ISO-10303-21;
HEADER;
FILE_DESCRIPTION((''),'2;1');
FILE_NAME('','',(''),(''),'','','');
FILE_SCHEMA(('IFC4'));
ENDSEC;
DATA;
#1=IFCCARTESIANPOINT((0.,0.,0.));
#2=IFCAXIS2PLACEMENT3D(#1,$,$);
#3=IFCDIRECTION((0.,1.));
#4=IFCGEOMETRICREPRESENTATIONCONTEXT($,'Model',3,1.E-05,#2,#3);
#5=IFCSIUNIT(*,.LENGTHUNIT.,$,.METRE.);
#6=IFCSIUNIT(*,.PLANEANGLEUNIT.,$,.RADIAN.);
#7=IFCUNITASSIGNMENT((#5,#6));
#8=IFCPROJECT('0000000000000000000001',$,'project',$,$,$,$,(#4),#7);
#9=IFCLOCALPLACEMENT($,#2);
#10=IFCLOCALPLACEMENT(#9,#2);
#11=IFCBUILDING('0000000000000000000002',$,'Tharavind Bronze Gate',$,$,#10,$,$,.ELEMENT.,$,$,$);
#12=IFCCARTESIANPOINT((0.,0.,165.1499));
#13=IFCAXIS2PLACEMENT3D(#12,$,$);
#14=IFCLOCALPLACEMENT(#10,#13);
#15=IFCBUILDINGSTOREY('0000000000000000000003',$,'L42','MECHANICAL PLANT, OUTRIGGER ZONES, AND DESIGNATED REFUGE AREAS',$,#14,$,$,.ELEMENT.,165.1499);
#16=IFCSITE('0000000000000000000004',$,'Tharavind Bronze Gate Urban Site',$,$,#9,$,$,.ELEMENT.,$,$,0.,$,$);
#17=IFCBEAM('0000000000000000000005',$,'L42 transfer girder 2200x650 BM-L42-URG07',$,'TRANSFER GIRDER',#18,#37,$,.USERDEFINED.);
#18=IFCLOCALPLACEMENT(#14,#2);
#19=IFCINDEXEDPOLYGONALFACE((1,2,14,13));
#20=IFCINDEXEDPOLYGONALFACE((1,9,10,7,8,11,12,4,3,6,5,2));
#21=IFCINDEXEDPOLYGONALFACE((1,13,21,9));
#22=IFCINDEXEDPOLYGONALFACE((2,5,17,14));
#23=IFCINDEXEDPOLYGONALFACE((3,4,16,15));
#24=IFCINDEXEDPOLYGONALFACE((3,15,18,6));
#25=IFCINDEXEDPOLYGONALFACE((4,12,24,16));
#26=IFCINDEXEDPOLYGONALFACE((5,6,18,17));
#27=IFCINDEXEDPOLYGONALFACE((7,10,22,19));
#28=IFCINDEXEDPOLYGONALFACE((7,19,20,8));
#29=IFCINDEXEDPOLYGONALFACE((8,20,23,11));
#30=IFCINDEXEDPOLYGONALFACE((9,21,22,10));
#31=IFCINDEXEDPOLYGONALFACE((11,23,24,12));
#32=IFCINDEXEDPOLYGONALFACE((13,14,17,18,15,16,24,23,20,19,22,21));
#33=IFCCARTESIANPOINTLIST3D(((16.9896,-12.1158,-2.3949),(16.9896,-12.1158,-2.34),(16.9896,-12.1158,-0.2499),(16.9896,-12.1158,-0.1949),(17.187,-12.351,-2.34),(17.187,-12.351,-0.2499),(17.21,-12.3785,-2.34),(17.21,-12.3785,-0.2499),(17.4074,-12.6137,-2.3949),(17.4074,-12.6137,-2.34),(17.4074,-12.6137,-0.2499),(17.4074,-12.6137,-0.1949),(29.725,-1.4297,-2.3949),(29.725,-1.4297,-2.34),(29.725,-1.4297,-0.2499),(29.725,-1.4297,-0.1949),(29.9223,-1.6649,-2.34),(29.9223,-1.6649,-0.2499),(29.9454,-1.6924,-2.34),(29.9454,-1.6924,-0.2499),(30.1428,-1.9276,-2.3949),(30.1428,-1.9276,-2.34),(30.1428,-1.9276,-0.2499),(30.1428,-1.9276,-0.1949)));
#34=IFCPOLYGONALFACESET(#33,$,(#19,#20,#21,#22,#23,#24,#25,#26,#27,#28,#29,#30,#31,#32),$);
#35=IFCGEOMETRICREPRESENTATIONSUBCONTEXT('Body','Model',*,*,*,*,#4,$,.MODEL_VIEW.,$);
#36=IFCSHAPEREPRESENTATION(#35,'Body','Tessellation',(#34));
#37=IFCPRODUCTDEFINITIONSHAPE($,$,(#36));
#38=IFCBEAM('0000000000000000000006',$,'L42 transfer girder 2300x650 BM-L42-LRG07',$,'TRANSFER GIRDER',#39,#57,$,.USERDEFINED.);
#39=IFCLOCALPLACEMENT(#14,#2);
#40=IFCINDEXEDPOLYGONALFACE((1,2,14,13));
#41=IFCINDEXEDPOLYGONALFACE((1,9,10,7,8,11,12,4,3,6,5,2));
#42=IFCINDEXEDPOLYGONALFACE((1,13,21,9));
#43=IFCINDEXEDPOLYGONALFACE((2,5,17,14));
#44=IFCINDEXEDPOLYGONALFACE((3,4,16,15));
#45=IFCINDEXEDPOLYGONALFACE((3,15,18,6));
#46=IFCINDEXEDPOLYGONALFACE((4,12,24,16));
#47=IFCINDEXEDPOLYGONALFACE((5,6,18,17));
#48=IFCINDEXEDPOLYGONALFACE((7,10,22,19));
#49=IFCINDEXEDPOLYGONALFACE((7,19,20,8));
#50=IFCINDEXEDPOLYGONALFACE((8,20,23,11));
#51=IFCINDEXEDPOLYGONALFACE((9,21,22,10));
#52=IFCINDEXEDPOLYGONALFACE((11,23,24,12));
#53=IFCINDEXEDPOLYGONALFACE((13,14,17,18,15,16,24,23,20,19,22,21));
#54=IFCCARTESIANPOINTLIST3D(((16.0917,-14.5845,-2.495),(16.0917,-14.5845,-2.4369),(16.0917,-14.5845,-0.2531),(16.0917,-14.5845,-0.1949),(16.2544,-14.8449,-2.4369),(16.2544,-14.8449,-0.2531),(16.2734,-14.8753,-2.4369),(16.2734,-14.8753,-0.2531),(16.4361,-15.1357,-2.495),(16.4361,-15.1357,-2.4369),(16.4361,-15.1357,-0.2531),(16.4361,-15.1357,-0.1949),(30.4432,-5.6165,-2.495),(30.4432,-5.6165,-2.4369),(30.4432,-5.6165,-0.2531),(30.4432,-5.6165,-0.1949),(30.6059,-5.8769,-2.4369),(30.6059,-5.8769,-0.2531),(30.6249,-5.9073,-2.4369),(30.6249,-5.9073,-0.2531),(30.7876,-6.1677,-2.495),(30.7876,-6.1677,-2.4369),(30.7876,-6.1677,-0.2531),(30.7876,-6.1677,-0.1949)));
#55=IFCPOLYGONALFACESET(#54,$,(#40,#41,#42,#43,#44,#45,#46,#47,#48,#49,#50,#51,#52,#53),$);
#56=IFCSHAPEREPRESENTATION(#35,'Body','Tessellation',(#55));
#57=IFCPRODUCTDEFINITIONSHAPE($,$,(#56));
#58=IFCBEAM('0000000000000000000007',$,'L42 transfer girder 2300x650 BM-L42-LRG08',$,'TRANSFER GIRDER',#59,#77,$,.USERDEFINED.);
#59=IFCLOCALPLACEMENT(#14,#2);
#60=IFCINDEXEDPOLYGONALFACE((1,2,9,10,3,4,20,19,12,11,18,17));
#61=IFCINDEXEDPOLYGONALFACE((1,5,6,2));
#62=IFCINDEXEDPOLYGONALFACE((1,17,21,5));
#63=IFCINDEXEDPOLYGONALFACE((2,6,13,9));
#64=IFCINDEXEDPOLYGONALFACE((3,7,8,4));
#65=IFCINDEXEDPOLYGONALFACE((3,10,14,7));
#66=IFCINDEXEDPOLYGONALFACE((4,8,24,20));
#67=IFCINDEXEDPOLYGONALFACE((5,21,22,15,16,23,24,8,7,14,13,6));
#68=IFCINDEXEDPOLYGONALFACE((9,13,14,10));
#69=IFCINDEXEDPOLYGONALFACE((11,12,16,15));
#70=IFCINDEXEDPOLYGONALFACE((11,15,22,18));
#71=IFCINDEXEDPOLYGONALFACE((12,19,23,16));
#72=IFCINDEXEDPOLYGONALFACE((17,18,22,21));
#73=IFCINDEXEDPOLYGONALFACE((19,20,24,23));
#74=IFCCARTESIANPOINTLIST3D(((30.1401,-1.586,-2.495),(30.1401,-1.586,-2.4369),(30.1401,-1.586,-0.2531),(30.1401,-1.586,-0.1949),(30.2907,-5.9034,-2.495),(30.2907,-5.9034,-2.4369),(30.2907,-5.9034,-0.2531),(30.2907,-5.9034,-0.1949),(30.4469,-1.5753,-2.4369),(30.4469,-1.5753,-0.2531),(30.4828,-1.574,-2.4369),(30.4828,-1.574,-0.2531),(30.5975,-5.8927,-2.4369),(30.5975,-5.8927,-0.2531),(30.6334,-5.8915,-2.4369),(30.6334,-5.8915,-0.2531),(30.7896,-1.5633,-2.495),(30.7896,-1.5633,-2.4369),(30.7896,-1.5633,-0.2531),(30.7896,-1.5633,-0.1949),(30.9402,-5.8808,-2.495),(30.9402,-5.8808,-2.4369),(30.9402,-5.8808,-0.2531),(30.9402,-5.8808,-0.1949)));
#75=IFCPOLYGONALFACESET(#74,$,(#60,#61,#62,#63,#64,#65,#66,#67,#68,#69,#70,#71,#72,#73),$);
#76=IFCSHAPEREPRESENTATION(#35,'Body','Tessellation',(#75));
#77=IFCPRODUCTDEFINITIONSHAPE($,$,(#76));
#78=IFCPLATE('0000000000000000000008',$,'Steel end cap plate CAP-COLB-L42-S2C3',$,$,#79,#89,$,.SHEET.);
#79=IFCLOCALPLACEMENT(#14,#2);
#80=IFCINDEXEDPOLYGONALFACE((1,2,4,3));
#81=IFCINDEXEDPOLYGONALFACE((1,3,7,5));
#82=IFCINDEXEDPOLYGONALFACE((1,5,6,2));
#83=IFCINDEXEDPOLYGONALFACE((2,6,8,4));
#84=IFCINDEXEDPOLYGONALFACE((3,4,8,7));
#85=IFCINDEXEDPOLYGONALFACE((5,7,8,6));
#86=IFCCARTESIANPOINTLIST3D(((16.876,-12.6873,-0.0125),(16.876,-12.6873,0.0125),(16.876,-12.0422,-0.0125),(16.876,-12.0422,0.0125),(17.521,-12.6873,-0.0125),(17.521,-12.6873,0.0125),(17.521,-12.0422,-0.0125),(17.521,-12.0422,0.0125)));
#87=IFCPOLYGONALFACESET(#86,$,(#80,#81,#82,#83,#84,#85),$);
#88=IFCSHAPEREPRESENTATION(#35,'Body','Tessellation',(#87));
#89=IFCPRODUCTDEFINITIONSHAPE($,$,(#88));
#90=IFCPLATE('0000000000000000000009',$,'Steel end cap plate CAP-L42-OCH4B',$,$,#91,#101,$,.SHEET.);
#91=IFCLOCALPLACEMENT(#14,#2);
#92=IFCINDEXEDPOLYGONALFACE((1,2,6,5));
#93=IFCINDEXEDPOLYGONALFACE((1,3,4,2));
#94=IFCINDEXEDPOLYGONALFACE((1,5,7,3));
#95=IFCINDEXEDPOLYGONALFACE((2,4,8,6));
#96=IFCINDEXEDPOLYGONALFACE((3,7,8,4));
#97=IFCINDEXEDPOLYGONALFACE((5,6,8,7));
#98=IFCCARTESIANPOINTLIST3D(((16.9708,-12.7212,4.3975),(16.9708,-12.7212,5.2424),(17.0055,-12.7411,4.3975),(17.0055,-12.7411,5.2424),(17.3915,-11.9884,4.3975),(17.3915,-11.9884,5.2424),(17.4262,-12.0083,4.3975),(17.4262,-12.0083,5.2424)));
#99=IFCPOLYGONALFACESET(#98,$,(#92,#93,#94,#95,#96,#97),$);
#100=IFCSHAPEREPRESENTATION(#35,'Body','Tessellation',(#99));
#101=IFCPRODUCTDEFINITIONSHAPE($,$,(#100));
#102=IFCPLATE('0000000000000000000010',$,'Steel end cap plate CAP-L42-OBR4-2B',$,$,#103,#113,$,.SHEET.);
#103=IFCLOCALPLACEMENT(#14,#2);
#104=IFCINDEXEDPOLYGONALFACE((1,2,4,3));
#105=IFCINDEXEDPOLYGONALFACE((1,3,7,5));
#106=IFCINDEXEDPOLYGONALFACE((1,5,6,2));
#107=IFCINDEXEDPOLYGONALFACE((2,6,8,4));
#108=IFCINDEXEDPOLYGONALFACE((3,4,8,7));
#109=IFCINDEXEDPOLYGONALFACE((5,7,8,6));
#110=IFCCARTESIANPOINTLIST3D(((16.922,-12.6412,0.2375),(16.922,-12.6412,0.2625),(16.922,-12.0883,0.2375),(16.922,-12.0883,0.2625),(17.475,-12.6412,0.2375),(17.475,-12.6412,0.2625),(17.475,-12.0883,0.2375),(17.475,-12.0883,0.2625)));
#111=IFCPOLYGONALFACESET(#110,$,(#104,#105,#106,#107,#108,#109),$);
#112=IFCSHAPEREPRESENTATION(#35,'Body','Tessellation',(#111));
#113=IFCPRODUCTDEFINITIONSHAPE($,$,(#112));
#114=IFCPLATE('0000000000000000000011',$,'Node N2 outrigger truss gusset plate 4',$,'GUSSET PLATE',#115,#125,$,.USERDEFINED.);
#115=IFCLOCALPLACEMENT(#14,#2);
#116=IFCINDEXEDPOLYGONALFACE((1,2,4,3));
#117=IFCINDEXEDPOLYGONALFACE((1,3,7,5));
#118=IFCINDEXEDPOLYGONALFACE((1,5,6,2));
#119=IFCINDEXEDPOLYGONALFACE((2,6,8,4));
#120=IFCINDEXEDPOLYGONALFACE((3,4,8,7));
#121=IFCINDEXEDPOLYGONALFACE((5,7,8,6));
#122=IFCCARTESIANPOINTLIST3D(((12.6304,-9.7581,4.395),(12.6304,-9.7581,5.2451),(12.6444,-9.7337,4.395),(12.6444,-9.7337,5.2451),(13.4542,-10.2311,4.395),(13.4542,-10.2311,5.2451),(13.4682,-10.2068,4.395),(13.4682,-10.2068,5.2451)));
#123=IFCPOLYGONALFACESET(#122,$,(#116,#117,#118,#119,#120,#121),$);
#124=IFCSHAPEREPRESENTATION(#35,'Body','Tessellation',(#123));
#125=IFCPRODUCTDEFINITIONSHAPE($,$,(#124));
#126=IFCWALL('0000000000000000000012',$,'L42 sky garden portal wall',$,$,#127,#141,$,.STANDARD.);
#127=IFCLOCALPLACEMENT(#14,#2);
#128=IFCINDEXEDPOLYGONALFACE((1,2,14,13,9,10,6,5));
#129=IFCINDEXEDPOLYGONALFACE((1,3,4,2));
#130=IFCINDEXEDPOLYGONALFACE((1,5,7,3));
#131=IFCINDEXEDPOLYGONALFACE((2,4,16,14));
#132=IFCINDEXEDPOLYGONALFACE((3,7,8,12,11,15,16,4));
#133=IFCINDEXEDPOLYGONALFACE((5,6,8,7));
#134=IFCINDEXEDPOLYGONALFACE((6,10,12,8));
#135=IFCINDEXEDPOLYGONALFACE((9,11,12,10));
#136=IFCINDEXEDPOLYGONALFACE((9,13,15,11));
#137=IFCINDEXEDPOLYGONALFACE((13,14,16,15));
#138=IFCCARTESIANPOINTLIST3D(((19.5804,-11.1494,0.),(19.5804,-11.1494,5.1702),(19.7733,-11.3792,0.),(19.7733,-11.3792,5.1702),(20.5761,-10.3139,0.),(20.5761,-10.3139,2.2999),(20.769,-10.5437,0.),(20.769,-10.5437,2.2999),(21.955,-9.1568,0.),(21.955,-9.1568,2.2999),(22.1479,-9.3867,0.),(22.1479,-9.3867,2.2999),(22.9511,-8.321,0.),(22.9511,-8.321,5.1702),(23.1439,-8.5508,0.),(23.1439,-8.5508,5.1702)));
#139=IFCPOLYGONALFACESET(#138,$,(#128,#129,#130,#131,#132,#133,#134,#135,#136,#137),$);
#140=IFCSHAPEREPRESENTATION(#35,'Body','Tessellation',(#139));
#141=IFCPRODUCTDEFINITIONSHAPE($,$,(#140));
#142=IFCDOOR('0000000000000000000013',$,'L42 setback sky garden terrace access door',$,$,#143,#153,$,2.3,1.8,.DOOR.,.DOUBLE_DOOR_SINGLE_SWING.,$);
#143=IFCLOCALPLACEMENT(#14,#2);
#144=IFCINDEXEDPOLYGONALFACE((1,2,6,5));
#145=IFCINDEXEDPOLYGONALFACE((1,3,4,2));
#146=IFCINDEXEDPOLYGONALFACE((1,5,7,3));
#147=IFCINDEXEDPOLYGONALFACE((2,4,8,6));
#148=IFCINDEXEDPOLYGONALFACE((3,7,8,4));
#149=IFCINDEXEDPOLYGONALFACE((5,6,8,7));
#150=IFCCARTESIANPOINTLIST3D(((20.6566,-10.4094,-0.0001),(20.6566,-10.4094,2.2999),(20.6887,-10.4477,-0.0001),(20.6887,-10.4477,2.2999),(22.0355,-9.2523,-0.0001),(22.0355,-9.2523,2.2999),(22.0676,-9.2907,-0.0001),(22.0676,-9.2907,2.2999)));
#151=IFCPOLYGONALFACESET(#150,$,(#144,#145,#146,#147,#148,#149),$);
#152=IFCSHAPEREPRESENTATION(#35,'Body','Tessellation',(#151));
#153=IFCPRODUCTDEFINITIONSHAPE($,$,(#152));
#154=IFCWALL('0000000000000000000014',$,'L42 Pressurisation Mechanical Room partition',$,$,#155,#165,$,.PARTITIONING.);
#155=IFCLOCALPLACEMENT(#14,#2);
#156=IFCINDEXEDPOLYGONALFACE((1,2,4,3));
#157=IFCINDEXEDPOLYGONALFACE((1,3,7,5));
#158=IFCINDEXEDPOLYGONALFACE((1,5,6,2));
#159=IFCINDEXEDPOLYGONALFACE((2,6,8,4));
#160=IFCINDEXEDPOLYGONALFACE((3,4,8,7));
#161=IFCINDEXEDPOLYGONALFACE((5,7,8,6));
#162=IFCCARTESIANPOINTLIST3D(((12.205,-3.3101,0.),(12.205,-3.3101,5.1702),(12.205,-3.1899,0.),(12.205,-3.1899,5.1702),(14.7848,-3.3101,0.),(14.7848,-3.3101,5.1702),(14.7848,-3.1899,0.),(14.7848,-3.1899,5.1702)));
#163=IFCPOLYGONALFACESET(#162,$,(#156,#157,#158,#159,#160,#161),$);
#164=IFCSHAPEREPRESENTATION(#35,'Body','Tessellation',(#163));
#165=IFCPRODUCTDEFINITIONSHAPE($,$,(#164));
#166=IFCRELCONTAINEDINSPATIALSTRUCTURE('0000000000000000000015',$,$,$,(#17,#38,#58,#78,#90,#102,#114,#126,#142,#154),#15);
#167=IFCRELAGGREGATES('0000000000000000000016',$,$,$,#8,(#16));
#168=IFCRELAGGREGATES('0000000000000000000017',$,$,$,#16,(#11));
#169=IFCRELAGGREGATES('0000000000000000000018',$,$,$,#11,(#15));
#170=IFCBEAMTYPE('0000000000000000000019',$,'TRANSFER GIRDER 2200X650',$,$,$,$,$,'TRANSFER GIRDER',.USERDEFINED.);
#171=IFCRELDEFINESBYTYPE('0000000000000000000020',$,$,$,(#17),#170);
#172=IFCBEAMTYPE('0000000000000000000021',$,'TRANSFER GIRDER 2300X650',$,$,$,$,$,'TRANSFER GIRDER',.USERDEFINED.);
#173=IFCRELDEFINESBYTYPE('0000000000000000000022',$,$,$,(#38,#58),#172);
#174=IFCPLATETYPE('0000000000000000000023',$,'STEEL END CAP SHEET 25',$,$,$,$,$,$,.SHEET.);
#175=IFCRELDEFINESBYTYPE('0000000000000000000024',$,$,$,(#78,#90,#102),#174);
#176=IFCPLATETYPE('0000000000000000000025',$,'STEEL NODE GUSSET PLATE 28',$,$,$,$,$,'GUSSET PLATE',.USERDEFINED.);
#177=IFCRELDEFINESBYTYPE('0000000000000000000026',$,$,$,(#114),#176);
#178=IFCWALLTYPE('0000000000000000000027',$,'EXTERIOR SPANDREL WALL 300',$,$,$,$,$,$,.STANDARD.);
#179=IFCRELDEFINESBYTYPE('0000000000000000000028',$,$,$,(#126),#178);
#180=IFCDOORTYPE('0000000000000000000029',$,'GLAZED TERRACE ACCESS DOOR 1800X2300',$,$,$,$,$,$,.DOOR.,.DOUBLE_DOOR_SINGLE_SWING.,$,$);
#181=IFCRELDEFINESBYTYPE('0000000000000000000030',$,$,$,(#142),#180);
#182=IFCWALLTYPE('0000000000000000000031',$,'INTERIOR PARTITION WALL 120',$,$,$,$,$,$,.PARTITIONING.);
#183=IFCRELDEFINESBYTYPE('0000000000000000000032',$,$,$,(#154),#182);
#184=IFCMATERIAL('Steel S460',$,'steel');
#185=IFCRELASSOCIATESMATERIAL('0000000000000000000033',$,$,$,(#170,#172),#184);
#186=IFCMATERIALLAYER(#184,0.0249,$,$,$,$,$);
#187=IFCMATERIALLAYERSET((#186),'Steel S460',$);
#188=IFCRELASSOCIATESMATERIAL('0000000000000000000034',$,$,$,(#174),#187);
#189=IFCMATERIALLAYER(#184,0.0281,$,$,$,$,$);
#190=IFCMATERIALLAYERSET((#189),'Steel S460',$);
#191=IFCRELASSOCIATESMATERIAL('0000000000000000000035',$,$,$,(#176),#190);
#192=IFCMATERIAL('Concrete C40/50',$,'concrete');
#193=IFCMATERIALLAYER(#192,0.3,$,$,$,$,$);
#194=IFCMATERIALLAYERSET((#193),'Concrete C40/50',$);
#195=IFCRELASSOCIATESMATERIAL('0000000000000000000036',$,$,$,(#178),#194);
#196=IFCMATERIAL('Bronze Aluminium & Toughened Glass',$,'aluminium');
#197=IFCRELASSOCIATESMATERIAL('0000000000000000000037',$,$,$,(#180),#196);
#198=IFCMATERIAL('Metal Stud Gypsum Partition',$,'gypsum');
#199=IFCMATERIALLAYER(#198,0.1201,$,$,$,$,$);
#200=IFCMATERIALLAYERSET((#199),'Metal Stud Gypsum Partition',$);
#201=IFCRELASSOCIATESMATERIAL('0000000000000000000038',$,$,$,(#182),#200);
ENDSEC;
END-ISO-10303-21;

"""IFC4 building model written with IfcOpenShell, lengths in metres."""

from ifc_helpers import new_model, si_unit, direction, frame, frame_2d, origin, origin_2d, place, context, subcontext, project, spatial, rectangle, i_section, extrude, material, layer, layer_set, material_profile, profile_set, type_object, element, fill, save


model = new_model("IFC4")

# Units and contexts
model_context = context("Model", 3, precision=1e-05, world=origin(), true_north=direction((0.0, 1.0)))
body_context = subcontext(model_context, "Body", "Model", "MODEL_VIEW")
ifc_project = project(units=[si_unit("LENGTHUNIT", "METRE"), si_unit("PLANEANGLEUNIT", "RADIAN")], contexts=[model_context])

# Site, building, storey
site_placement = place(None, origin())
site = spatial("IfcSite", under=ifc_project, at=site_placement, Name="Tharavind Bronze Gate Urban Site", CompositionType="ELEMENT", RefElevation=0.0)
building_placement = place(site_placement, origin())
building = spatial("IfcBuilding", under=site, at=building_placement, Name="Tharavind Bronze Gate", CompositionType="ELEMENT")
storey_placement = place(building_placement, frame((0.0, 0.0, 165.1499)))
storey = spatial("IfcBuildingStorey", under=building, at=storey_placement, Name="L42", Description="MECHANICAL PLANT, OUTRIGGER ZONES, AND DESIGNATED REFUGE AREAS", CompositionType="ELEMENT", Elevation=165.1499)

# Shared definitions
ifc_material_1 = material(Name="Steel S460", Category="steel")

# Beams
ifc_material_profile_1 = material_profile(ifc_material_1, i_section(OverallWidth=0.6499, OverallDepth=2.2, WebThickness=0.0359, FlangeThickness=0.0549, at=origin_2d()), Name="PG2200X650")
ifc_profile_set_1 = profile_set([ifc_material_profile_1], Name="Steel S460")
beam_type_1 = type_object("IfcBeamType", Name="TRANSFER GIRDER 2200X650", ElementType="TRANSFER GIRDER", PredefinedType="USERDEFINED", material=ifc_profile_set_1)
beam_1_placement = place(storey_placement, frame((17.1985, -12.3647, -1.2949), z_axis=(0.76605, 0.642781, 0.0), x_axis=(-0.642781, 0.76605, 0.0)))
element("IfcBeam", 1, at=beam_1_placement, inside=storey, type_object=beam_type_1, Name="L42 transfer girder 2200x650 BM-L42-URG07", ObjectType="TRANSFER GIRDER", PredefinedType="USERDEFINED", context=body_context, shape_type="SweptSolid", body=[
    extrude(i_section(OverallWidth=0.6499, OverallDepth=2.2, WebThickness=0.0359, FlangeThickness=0.0549, at=origin_2d()), origin(), (0.0, 0.0, 1.0), 16.6248),
])
ifc_material_profile_2 = material_profile(ifc_material_1, i_section(OverallWidth=0.6499, OverallDepth=2.3, WebThickness=0.0359, FlangeThickness=0.0581, at=origin_2d()), Name="PG2300X650")
ifc_profile_set_2 = profile_set([ifc_material_profile_2], Name="Steel S460")
beam_type_2 = type_object("IfcBeamType", Name="TRANSFER GIRDER 2300X650", ElementType="TRANSFER GIRDER", PredefinedType="USERDEFINED", material=ifc_profile_set_2)
beam_2_placement = place(storey_placement, frame((16.2639, -14.8601, -1.345), z_axis=(0.848044, 0.529926, 0.0), x_axis=(-0.529926, 0.848044, 0.0)))
element("IfcBeam", 2, at=beam_2_placement, inside=storey, type_object=beam_type_2, Name="L42 transfer girder 2300x650 BM-L42-LRG07", ObjectType="TRANSFER GIRDER", PredefinedType="USERDEFINED", context=body_context, shape_type="SweptSolid", body=[
    extrude(i_section(OverallWidth=0.6499, OverallDepth=2.3, WebThickness=0.0359, FlangeThickness=0.0581, at=origin_2d()), origin(), (0.0, 0.0, 1.0), 16.9231),
])
beam_3_placement = place(storey_placement, frame((30.6155, -5.8921, -1.345), z_axis=(-0.034869, 0.999392, 0.0), x_axis=(-0.999392, -0.034869, 0.0)))
element("IfcBeam", 3, at=beam_3_placement, inside=storey, type_object=beam_type_2, Name="L42 transfer girder 2300x650 BM-L42-LRG08", ObjectType="TRANSFER GIRDER", PredefinedType="USERDEFINED", context=body_context, shape_type="SweptSolid", body=[
    extrude(i_section(OverallWidth=0.6499, OverallDepth=2.3, WebThickness=0.0359, FlangeThickness=0.0581, at=origin_2d()), origin(), (0.0, 0.0, 1.0), 4.3201),
])

# Plates
ifc_layer_1 = layer(ifc_material_1, 0.0249)
ifc_layer_set_1 = layer_set([ifc_layer_1], Name="Steel S460")
plate_type_1 = type_object("IfcPlateType", Name="STEEL END CAP SHEET 25", PredefinedType="SHEET", material=ifc_layer_set_1)
plate_1_placement = place(storey_placement, frame((17.1985, -12.3647, -0.0125), z_axis=(0.0, 0.0, 1.0), x_axis=(1.0, 0.0, 0.0)))
element("IfcPlate", 4, at=plate_1_placement, inside=storey, type_object=plate_type_1, Name="Steel end cap plate CAP-COLB-L42-S2C3", PredefinedType="SHEET", context=body_context, shape_type="SweptSolid", body=[
    extrude(rectangle(XDim=0.645, YDim=0.645, at=origin_2d()), origin(), (0.0, 0.0, 1.0), 0.0249),
])
plate_2_placement = place(storey_placement, frame((17.1985, -12.3647, 4.3975), z_axis=(0.0, 0.0, 1.0), x_axis=(-0.867218, 0.497929, 0.0)))
element("IfcPlate", 5, at=plate_2_placement, inside=storey, type_object=plate_type_1, Name="Steel end cap plate CAP-L42-OCH4B", PredefinedType="SHEET", context=body_context, shape_type="SweptSolid", body=[
    extrude(rectangle(XDim=0.04, YDim=0.845, at=origin_2d()), origin(), (0.0, 0.0, 1.0), 0.845),
])
plate_3_placement = place(storey_placement, frame((17.1985, -12.3647, 0.2375), z_axis=(0.0, 0.0, 1.0), x_axis=(1.0, 0.0, 0.0)))
element("IfcPlate", 6, at=plate_3_placement, inside=storey, type_object=plate_type_1, Name="Steel end cap plate CAP-L42-OBR4-2B", PredefinedType="SHEET", context=body_context, shape_type="SweptSolid", body=[
    extrude(rectangle(XDim=0.553, YDim=0.553, at=origin_2d()), origin(), (0.0, 0.0, 1.0), 0.0249),
])
ifc_layer_2 = layer(ifc_material_1, 0.0281)
ifc_layer_set_2 = layer_set([ifc_layer_2], Name="Steel S460")
plate_type_2 = type_object("IfcPlateType", Name="STEEL NODE GUSSET PLATE 28", ElementType="GUSSET PLATE", PredefinedType="USERDEFINED", material=ifc_layer_set_2)
plate_4_placement = place(storey_placement, frame((13.0493, -9.9824, 4.395), z_axis=(0.0, 0.0, 1.0), x_axis=(-0.867218, 0.497929, 0.0)))
element("IfcPlate", 7, at=plate_4_placement, inside=storey, type_object=plate_type_2, Name="Node N2 outrigger truss gusset plate 4", ObjectType="GUSSET PLATE", PredefinedType="USERDEFINED", context=body_context, shape_type="SweptSolid", body=[
    extrude(rectangle(XDim=0.95, YDim=0.0281, at=origin_2d()), origin(), (0.0, 0.0, 1.0), 0.8501),
])

# Wall, opening, door
ifc_material_2 = material(Name="Concrete C40/50", Category="concrete")
ifc_layer_3 = layer(ifc_material_2, 0.3)
ifc_layer_set_3 = layer_set([ifc_layer_3], Name="Concrete C40/50")
wall_type_1 = type_object("IfcWallType", Name="EXTERIOR SPANDREL WALL 300", PredefinedType="STANDARD", material=ifc_layer_set_3)
wall_1_placement = place(storey_placement, frame((19.6768, -11.2644, 0.0), z_axis=(0.0, 0.0, 1.0), x_axis=(0.766034, 0.6428, 0.0)))
wall_1 = element("IfcWall", 8, at=wall_1_placement, inside=storey, type_object=wall_type_1, Name="L42 sky garden portal wall", PredefinedType="STANDARD", context=body_context, shape_type="SweptSolid", body=[
    extrude(rectangle(XDim=4.4001, YDim=0.3, at=frame_2d((2.2002, 0.0))), origin(), (0.0, 0.0, 1.0), 5.1702),
])
opening_placement = place(wall_1_placement, frame((1.3, 0.0, 0.0)))
opening = element("IfcOpeningElement", 9, at=opening_placement, cuts=wall_1, PredefinedType="OPENING", context=body_context, shape_type="SweptSolid", body=[
    extrude(rectangle(XDim=1.8, YDim=2.3, at=frame_2d((0.8999, 1.1499))), frame((0.0, 0.1599, 0.0), z_axis=(0.0, -1.0, 0.0), x_axis=(1.0, 0.0, 0.0)), (0.0, 0.0, 1.0), 0.32),
])
ifc_material_3 = material(Name="Bronze Aluminium & Toughened Glass", Category="aluminium")
door_type = type_object("IfcDoorType", Name="GLAZED TERRACE ACCESS DOOR 1800X2300", OperationType="DOUBLE_DOOR_SINGLE_SWING", PredefinedType="DOOR", material=ifc_material_3)
door_placement = place(opening_placement, frame((1.8, 0.0, 0.0), z_axis=(0.0, 0.0, 1.0), x_axis=(-1.0, 0.0, 0.0)))
door = element("IfcDoor", 10, at=door_placement, inside=storey, type_object=door_type, Name="L42 setback sky garden terrace access door", OperationType="DOUBLE_DOOR_SINGLE_SWING", OverallHeight=2.3, OverallWidth=1.8, PredefinedType="DOOR", context=body_context, shape_type="SweptSolid", body=[
    extrude(rectangle(XDim=1.8, YDim=2.3, at=frame_2d((0.8999, 1.1499))), frame((0.0, 0.0249, 0.0), z_axis=(0.0, -1.0, 0.0), x_axis=(1.0, 0.0, 0.0)), (0.0, 0.0, 1.0), 0.05),
])
fill(opening, door)

# Wall
ifc_material_4 = material(Name="Metal Stud Gypsum Partition", Category="gypsum")
ifc_layer_4 = layer(ifc_material_4, 0.1201)
ifc_layer_set_4 = layer_set([ifc_layer_4], Name="Metal Stud Gypsum Partition")
wall_type_2 = type_object("IfcWallType", Name="INTERIOR PARTITION WALL 120", PredefinedType="PARTITIONING", material=ifc_layer_set_4)
wall_2_placement = place(storey_placement, frame((14.7849, -3.25, 0.0), z_axis=(0.0, 0.0, 1.0), x_axis=(-1.0, 0.0, 0.0)))
element("IfcWall", 11, at=wall_2_placement, inside=storey, type_object=wall_type_2, Name="L42 Pressurisation Mechanical Room partition", PredefinedType="PARTITIONING", context=body_context, shape_type="SweptSolid", body=[
    extrude(rectangle(XDim=2.5798, YDim=0.1201, at=frame_2d((1.29, 0.0))), origin(), (0.0, 0.0, 1.0), 5.1702),
])

save(model, "model.ifc")
